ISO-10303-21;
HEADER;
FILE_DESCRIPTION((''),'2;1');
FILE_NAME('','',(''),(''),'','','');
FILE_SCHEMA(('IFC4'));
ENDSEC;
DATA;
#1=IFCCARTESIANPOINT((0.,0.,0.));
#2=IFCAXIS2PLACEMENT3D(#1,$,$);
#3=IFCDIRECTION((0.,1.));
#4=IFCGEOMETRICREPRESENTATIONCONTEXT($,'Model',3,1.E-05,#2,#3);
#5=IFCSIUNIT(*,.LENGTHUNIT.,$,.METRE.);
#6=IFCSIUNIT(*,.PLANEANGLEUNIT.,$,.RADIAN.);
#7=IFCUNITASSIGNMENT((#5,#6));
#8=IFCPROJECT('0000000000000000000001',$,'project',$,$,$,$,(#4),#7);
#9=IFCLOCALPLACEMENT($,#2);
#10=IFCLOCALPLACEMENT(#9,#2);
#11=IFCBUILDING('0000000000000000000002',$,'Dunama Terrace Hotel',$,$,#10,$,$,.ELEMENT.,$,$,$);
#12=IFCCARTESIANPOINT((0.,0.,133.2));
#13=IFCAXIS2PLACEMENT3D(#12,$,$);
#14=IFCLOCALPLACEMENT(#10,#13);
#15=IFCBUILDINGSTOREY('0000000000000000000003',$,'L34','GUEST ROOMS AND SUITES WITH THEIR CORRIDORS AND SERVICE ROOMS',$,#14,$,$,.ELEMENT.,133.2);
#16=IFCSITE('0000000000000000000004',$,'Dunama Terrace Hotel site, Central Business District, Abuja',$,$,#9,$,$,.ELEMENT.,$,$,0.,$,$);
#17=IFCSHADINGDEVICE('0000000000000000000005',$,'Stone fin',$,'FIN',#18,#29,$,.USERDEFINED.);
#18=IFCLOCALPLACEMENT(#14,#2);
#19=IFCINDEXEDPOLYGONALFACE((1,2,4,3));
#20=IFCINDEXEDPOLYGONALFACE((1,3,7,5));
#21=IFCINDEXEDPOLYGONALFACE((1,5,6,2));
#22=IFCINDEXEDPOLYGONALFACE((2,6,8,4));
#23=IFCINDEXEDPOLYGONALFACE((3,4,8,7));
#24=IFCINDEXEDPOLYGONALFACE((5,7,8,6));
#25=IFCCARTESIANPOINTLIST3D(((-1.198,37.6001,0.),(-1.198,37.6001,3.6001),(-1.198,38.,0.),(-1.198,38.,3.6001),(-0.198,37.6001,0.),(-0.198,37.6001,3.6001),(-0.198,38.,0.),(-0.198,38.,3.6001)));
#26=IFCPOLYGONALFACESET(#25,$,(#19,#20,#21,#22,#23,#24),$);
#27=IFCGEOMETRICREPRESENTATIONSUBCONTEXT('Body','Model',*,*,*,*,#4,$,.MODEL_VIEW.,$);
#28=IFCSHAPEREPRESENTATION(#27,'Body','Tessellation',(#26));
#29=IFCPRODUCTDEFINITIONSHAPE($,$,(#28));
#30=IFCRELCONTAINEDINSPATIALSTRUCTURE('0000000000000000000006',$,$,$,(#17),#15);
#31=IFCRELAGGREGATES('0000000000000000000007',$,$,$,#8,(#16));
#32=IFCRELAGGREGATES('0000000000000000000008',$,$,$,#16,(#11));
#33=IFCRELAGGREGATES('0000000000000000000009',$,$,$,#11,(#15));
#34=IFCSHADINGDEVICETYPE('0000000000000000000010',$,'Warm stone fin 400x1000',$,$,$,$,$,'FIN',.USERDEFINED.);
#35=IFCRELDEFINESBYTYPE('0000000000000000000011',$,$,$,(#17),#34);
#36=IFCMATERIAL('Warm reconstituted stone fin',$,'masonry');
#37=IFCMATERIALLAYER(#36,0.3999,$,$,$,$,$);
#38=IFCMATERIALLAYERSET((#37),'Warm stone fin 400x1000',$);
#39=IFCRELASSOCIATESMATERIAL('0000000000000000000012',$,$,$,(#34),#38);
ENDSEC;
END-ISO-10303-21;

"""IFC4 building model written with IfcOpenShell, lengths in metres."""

from ifc_helpers import new_model, si_unit, direction, frame, origin, origin_2d, place, context, subcontext, project, spatial, rectangle, extrude, material, layer, layer_set, type_object, element, save


model = new_model("IFC4")

# Units and contexts
model_context = context("Model", 3, precision=1e-05, world=origin(), true_north=direction((0.0, 1.0)))
body_context = subcontext(model_context, "Body", "Model", "MODEL_VIEW")
ifc_project = project(units=[si_unit("LENGTHUNIT", "METRE"), si_unit("PLANEANGLEUNIT", "RADIAN")], contexts=[model_context])

# Site, building, storey
site_placement = place(None, origin())
site = spatial("IfcSite", under=ifc_project, at=site_placement, Name="Dunama Terrace Hotel site, Central Business District, Abuja", CompositionType="ELEMENT", RefElevation=0.0)
building_placement = place(site_placement, origin())
building = spatial("IfcBuilding", under=site, at=building_placement, Name="Dunama Terrace Hotel", CompositionType="ELEMENT")
storey_placement = place(building_placement, frame((0.0, 0.0, 133.2)))
storey = spatial("IfcBuildingStorey", under=building, at=storey_placement, Name="L34", Description="GUEST ROOMS AND SUITES WITH THEIR CORRIDORS AND SERVICE ROOMS", CompositionType="ELEMENT", Elevation=133.2)

# Shading device
ifc_material_1 = material(Name="Warm reconstituted stone fin", Category="masonry")
ifc_layer_1 = layer(ifc_material_1, 0.3999)
ifc_layer_set_1 = layer_set([ifc_layer_1], Name="Warm stone fin 400x1000")
shading_device_type = type_object("IfcShadingDeviceType", Name="Warm stone fin 400x1000", ElementType="FIN", PredefinedType="USERDEFINED", material=ifc_layer_set_1)
shading_device_placement = place(storey_placement, frame((-0.698, 37.8, 0.0), z_axis=(0.0, 0.0, 1.0), x_axis=(0.0, -1.0, 0.0)))
element("IfcShadingDevice", 1, at=shading_device_placement, inside=storey, type_object=shading_device_type, Name="Stone fin", ObjectType="FIN", PredefinedType="USERDEFINED", context=body_context, shape_type="SweptSolid", body=[
    extrude(rectangle(XDim=0.3999, YDim=1.0, at=origin_2d()), origin(), (0.0, 0.0, 1.0), 3.6001),
])

save(model, "model.ifc")
